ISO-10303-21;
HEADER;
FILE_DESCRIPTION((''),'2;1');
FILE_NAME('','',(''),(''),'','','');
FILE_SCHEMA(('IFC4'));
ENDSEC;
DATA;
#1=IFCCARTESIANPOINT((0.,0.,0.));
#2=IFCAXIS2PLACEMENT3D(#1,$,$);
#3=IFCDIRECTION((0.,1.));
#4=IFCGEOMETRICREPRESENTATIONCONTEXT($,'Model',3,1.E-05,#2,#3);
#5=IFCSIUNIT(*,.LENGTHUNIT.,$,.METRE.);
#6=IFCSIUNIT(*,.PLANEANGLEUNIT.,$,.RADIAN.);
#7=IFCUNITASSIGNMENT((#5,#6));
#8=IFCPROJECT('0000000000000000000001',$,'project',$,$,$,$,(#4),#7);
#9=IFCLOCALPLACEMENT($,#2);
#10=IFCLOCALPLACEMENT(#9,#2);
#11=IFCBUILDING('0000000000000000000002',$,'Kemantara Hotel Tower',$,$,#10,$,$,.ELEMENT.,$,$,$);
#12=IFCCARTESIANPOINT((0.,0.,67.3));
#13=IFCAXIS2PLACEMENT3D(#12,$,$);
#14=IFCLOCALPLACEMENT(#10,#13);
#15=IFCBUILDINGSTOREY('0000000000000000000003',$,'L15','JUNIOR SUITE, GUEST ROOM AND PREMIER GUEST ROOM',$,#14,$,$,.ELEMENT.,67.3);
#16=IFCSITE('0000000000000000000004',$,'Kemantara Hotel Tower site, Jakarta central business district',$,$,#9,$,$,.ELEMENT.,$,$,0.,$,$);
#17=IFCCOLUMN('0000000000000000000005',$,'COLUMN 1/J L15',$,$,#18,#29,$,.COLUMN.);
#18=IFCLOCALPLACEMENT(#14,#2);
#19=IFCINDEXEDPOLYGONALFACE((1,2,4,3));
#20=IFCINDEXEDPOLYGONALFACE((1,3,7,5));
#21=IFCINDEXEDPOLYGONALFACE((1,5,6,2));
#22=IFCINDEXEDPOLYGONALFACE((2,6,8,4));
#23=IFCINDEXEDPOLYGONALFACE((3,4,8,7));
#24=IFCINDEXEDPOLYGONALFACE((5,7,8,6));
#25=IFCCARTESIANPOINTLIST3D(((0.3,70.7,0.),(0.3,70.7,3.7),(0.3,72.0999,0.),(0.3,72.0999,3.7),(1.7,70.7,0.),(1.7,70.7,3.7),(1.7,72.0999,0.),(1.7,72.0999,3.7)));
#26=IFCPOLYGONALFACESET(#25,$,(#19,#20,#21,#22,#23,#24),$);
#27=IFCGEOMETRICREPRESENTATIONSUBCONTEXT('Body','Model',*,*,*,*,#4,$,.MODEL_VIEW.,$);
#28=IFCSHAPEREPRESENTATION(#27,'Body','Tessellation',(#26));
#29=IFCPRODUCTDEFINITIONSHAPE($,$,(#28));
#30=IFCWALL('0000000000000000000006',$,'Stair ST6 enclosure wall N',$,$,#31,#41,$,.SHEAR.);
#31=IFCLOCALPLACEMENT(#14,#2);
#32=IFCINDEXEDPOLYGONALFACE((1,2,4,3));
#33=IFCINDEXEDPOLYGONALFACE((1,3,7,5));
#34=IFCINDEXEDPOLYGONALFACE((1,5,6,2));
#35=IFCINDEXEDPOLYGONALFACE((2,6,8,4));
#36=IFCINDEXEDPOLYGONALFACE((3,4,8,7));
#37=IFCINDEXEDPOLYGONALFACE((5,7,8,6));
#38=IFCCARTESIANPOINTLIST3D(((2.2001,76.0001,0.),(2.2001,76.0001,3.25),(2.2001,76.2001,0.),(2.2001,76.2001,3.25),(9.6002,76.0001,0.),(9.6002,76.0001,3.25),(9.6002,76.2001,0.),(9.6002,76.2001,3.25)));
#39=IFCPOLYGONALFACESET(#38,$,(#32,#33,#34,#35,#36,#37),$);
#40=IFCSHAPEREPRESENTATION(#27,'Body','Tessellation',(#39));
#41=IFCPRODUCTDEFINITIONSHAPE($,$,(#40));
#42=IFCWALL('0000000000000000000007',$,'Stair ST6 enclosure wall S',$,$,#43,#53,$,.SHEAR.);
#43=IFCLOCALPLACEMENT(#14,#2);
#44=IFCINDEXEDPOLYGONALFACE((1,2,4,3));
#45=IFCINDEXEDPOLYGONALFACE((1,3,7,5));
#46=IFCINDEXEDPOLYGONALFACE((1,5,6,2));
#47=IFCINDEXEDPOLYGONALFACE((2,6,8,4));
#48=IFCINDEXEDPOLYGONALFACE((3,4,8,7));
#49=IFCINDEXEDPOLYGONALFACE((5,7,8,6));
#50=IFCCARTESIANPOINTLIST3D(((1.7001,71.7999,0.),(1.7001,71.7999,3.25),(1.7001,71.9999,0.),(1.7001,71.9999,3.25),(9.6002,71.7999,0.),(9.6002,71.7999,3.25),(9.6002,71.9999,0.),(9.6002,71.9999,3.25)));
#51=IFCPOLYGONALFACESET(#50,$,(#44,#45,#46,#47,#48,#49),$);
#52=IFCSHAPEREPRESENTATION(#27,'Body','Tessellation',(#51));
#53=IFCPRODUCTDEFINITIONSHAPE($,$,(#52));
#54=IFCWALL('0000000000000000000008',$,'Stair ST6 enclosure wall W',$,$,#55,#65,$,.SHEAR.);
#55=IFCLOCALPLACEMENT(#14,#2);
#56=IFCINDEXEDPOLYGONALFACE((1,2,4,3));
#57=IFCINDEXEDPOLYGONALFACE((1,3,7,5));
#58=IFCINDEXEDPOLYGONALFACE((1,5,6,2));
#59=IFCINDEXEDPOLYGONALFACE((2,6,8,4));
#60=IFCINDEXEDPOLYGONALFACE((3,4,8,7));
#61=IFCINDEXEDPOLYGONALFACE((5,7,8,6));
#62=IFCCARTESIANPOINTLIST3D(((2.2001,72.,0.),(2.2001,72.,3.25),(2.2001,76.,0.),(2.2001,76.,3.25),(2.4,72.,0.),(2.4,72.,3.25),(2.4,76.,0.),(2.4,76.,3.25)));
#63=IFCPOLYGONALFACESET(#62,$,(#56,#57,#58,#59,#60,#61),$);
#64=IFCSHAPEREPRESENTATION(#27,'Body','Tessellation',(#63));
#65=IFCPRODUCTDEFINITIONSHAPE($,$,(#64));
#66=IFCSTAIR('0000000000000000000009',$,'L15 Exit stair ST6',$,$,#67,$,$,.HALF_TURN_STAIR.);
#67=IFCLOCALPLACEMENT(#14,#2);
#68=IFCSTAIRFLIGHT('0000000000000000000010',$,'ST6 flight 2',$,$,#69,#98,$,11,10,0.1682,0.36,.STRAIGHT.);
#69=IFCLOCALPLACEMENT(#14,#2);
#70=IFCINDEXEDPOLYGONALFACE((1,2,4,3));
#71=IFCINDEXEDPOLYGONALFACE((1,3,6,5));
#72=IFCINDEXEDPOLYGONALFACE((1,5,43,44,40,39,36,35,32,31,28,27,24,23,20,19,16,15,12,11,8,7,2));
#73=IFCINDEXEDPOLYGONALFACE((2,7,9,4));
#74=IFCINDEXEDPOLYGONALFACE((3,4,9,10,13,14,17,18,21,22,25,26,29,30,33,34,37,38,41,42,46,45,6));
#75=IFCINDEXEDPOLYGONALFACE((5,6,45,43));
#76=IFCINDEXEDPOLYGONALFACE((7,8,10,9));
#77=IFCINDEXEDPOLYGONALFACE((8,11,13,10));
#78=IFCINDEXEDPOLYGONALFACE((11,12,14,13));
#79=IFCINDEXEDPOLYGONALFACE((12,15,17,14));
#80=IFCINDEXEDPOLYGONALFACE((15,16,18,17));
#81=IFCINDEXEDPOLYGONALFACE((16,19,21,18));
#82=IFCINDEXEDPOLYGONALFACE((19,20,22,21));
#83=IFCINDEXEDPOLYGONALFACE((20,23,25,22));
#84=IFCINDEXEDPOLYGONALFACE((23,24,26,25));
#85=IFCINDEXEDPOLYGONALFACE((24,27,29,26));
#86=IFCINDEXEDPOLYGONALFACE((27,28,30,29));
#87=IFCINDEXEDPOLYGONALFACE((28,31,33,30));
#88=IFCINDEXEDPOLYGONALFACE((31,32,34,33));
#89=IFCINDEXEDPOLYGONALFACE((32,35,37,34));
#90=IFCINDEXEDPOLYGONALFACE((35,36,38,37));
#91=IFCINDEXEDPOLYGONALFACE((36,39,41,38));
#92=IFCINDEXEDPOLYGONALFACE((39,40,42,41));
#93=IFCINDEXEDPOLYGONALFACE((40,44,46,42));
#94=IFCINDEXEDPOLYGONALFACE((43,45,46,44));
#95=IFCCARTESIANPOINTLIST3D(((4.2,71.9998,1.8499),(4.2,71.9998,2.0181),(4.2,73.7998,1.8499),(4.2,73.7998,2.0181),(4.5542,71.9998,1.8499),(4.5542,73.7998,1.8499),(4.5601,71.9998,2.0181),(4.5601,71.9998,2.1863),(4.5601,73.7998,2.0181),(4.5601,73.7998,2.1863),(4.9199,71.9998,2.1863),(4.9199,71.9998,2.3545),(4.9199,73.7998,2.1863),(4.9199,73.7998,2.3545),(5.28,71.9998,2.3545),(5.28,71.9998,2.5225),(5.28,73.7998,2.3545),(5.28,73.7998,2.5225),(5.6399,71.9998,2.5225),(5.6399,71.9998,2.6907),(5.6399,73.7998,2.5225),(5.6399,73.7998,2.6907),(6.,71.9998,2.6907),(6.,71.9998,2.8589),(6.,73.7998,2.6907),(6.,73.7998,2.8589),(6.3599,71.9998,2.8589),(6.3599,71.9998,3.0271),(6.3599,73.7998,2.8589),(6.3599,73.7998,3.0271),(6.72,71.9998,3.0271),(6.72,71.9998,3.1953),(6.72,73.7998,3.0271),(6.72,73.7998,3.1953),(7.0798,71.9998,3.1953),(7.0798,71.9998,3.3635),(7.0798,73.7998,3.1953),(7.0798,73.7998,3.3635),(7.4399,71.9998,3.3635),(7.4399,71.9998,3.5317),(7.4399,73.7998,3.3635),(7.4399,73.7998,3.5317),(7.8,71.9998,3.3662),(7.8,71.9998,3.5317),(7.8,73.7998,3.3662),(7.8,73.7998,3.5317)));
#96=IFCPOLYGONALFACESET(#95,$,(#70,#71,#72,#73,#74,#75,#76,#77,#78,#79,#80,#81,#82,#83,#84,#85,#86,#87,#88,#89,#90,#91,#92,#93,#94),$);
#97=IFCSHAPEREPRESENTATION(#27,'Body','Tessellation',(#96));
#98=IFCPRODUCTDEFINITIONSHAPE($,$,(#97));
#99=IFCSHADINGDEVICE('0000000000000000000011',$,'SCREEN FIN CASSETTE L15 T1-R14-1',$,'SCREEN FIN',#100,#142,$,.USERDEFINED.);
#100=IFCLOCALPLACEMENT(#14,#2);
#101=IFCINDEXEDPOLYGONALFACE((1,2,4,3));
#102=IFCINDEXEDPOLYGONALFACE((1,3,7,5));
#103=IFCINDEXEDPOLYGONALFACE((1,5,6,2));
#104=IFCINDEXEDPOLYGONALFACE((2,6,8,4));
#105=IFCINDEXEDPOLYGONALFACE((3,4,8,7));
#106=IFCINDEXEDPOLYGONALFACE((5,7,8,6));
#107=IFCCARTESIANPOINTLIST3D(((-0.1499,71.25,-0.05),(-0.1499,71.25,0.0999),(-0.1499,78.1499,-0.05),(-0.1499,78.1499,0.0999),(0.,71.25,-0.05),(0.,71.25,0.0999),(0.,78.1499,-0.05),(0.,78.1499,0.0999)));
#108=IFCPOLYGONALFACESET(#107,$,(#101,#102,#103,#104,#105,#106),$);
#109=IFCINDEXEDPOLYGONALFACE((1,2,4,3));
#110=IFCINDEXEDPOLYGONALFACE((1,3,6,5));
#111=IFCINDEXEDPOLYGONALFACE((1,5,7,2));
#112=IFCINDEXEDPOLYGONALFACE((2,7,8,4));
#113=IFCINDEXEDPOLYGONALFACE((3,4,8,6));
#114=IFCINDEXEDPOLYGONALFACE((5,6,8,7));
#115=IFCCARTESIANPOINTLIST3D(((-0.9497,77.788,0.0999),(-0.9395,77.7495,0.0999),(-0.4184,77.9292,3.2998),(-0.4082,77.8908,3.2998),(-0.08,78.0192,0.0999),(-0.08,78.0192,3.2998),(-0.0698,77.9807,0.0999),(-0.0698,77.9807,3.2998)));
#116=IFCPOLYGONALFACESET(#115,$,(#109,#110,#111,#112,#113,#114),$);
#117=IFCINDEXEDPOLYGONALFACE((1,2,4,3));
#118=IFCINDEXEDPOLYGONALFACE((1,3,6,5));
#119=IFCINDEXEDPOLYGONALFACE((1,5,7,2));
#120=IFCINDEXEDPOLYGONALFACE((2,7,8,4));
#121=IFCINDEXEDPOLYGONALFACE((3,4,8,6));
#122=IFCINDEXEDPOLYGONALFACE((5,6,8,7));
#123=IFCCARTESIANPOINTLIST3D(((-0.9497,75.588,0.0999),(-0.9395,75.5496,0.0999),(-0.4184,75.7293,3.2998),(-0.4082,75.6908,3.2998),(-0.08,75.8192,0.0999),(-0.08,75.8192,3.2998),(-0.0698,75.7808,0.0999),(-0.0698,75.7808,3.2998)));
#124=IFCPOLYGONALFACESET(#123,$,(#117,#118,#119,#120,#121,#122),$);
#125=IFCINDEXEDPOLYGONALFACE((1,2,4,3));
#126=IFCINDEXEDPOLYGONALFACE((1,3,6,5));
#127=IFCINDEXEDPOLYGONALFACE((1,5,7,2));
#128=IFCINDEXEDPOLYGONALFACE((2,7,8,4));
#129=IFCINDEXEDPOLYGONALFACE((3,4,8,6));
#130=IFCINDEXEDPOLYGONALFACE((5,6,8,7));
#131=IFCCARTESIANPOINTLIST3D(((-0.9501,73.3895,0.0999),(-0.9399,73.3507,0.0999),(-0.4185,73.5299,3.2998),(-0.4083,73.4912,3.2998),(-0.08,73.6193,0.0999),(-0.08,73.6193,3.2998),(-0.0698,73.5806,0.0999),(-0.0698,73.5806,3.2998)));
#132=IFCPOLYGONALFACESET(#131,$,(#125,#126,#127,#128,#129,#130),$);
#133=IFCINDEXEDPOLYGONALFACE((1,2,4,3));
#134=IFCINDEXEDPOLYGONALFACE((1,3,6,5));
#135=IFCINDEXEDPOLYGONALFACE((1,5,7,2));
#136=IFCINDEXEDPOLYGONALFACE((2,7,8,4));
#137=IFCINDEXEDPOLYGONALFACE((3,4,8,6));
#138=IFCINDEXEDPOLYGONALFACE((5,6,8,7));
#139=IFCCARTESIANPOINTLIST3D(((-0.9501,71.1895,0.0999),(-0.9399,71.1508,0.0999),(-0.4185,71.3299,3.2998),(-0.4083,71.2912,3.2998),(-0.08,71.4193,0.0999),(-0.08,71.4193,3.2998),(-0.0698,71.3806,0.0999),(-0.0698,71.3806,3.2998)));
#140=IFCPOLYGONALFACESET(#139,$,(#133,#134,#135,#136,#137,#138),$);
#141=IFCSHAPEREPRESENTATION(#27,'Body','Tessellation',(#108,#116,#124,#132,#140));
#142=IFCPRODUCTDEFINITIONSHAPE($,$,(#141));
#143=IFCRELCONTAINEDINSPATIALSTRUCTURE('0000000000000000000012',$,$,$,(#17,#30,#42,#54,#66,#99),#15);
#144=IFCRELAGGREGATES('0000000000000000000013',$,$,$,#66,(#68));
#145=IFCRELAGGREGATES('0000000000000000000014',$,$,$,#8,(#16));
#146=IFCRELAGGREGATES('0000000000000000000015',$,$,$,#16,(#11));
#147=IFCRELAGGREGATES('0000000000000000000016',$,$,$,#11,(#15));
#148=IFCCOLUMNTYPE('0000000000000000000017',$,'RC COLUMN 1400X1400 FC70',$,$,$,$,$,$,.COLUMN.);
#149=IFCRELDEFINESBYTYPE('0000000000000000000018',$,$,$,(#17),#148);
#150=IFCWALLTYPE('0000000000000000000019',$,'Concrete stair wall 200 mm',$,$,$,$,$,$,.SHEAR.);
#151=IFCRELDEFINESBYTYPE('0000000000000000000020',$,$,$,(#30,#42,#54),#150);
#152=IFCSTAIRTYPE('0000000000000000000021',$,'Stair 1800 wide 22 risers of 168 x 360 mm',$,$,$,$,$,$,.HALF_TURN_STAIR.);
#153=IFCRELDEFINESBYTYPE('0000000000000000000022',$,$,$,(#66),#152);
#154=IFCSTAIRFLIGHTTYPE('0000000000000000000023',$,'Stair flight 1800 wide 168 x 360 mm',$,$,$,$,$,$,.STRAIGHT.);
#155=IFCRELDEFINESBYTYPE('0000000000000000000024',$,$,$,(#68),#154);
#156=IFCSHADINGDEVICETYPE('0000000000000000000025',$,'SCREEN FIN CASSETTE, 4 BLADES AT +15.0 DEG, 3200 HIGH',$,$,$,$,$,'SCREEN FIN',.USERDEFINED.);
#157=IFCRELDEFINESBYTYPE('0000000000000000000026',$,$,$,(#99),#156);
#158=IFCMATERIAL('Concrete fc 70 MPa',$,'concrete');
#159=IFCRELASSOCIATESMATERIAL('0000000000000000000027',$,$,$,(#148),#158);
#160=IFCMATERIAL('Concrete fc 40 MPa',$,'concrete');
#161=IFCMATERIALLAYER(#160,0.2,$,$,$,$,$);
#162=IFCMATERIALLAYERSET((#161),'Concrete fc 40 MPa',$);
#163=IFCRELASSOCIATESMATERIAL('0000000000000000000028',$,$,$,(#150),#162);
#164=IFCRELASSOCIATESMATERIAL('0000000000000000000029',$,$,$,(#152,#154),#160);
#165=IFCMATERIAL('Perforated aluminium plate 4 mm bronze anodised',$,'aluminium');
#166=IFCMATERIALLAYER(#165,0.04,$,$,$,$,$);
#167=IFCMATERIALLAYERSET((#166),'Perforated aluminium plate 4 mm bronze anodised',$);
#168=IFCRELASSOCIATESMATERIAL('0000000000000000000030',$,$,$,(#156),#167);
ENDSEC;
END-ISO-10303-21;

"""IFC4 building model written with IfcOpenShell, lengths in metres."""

from ifc_helpers import new_model, si_unit, direction, frame, frame_2d, origin, origin_2d, place, context, subcontext, project, spatial, polyline, rectangle, outline, extrude, source, transform, mapped, material, layer, layer_set, material_profile, profile_set, type_object, element, aggregate, save


model = new_model("IFC4")

# Units and contexts
model_context = context("Model", 3, precision=1e-05, world=origin(), true_north=direction((0.0, 1.0)))
body_context = subcontext(model_context, "Body", "Model", "MODEL_VIEW")
ifc_project = project(units=[si_unit("LENGTHUNIT", "METRE"), si_unit("PLANEANGLEUNIT", "RADIAN")], contexts=[model_context])

# Site, building, storey
site_placement = place(None, origin())
site = spatial("IfcSite", under=ifc_project, at=site_placement, Name="Kemantara Hotel Tower site, Jakarta central business district", CompositionType="ELEMENT", RefElevation=0.0)
building_placement = place(site_placement, origin())
building = spatial("IfcBuilding", under=site, at=building_placement, Name="Kemantara Hotel Tower", CompositionType="ELEMENT")
storey_placement = place(building_placement, frame((0.0, 0.0, 67.3)))
storey = spatial("IfcBuildingStorey", under=building, at=storey_placement, Name="L15", Description="JUNIOR SUITE, GUEST ROOM AND PREMIER GUEST ROOM", CompositionType="ELEMENT", Elevation=67.3)

# Column
ifc_material_1 = material(Name="Concrete fc 70 MPa", Category="concrete")
ifc_material_profile = material_profile(ifc_material_1, rectangle(XDim=1.3999, YDim=1.3999, at=origin_2d()), Name="RC 1400X1400")
ifc_profile_set = profile_set([ifc_material_profile], Name="Concrete fc 70 MPa")
column_type = type_object("IfcColumnType", Name="RC COLUMN 1400X1400 FC70", PredefinedType="COLUMN", material=ifc_profile_set)
column_placement = place(storey_placement, frame((1.0, 71.3999, 0.0), z_axis=(0.0, 0.0, 1.0), x_axis=(1.0, 0.0, 0.0)))
element("IfcColumn", 1, at=column_placement, inside=storey, type_object=column_type, Name="COLUMN 1/J L15", PredefinedType="COLUMN", context=body_context, shape_type="SweptSolid", body=[
    extrude(rectangle(XDim=1.3999, YDim=1.3999, at=origin_2d()), origin(), (0.0, 0.0, 1.0), 3.7),
])

# Walls
ifc_material_2 = material(Name="Concrete fc 40 MPa", Category="concrete")
ifc_layer_1 = layer(ifc_material_2, 0.2)
ifc_layer_set_1 = layer_set([ifc_layer_1], Name="Concrete fc 40 MPa")
wall_type = type_object("IfcWallType", Name="Concrete stair wall 200 mm", PredefinedType="SHEAR", material=ifc_layer_set_1)
wall_1_placement = place(storey_placement, frame((2.2, 76.1001, 0.0), z_axis=(0.0, 0.0, 1.0), x_axis=(1.0, 0.0, 0.0)))
element("IfcWall", 2, at=wall_1_placement, inside=storey, type_object=wall_type, Name="Stair ST6 enclosure wall N", PredefinedType="SHEAR", context=body_context, shape_type="SweptSolid", body=[
    extrude(rectangle(XDim=7.4001, YDim=0.2, at=frame_2d((3.7002, 0.0))), origin(), (0.0, 0.0, 1.0), 3.25),
])
wall_2_placement = place(storey_placement, frame((1.7, 71.8999, 0.0), z_axis=(0.0, 0.0, 1.0), x_axis=(1.0, 0.0, 0.0)))
element("IfcWall", 3, at=wall_2_placement, inside=storey, type_object=wall_type, Name="Stair ST6 enclosure wall S", PredefinedType="SHEAR", context=body_context, shape_type="SweptSolid", body=[
    extrude(rectangle(XDim=7.9001, YDim=0.2, at=frame_2d((3.9502, 0.0))), origin(), (0.0, 0.0, 1.0), 3.25),
])
wall_3_placement = place(storey_placement, frame((2.3, 72.0, 0.0), z_axis=(0.0, 0.0, 1.0), x_axis=(0.0, 1.0, 0.0)))
element("IfcWall", 4, at=wall_3_placement, inside=storey, type_object=wall_type, Name="Stair ST6 enclosure wall W", PredefinedType="SHEAR", context=body_context, shape_type="SweptSolid", body=[
    extrude(rectangle(XDim=4.0, YDim=0.2, at=frame_2d((2.0, 0.0))), origin(), (0.0, 0.0, 1.0), 3.25),
])

# Stair, stair flight
stair_type = type_object("IfcStairType", Name="Stair 1800 wide 22 risers of 168 x 360 mm", PredefinedType="HALF_TURN_STAIR", material=ifc_material_2)
stair_placement = place(storey_placement, origin())
stair = element("IfcStair", 5, at=stair_placement, inside=storey, type_object=stair_type, Name="L15 Exit stair ST6", PredefinedType="HALF_TURN_STAIR")
stair_flight_type = type_object("IfcStairFlightType", Name="Stair flight 1800 wide 168 x 360 mm", PredefinedType="STRAIGHT", material=ifc_material_2)
stair_flight_placement = place(storey_placement, frame((4.2, 72.8999, 1.8499), z_axis=(0.0, 0.0, 1.0), x_axis=(1.0, 0.0, 0.0)))
stair_flight = element("IfcStairFlight", 6, at=stair_flight_placement, type_object=stair_flight_type, Name="ST6 flight 2", NumberOfRisers=11, NumberOfTreads=10, PredefinedType="STRAIGHT", RiserHeight=0.1682, TreadLength=0.36, context=body_context, shape_type="SweptSolid", body=[
    extrude(outline(polyline([(0.0, 0.0), (0.0, 0.1682), (0.3601, 0.1682), (0.3601, 0.3364), (0.72, 0.3364), (0.72, 0.5046), (1.0801, 0.5046), (1.0801, 0.6726), (1.4399, 0.6726), (1.4399, 0.8408), (1.8, 0.8408), (1.8, 1.009), (2.1599, 1.009), (2.1599, 1.1772), (2.52, 1.1772), (2.52, 1.3455), (2.8799, 1.3455), (2.8799, 1.5137), (3.24, 1.5137), (3.24, 1.6819), (3.6001, 1.6819), (3.6001, 1.8501), (3.6001, 1.5164), (0.3542, 0.0), (0.0, 0.0)])), frame((0.0, 0.8999, 0.0), z_axis=(0.0, -1.0, 0.0), x_axis=(1.0, 0.0, 0.0)), (0.0, 0.0, 1.0), 1.8),
])
aggregate(stair, [stair_flight])

# Shading device
ifc_material_3 = material(Name="Perforated aluminium plate 4 mm bronze anodised", Category="aluminium")
ifc_layer_2 = layer(ifc_material_3, 0.04)
ifc_layer_set_2 = layer_set([ifc_layer_2], Name="Perforated aluminium plate 4 mm bronze anodised")
shading_device_type = type_object("IfcShadingDeviceType", Name="SCREEN FIN CASSETTE, 4 BLADES AT +15.0 DEG, 3200 HIGH", ElementType="SCREEN FIN", PredefinedType="USERDEFINED", material=ifc_layer_set_2)
shared_shape = source(origin(), body_context, "Body", "SweptSolid", [
    extrude(rectangle(XDim=6.8999, YDim=0.1499, at=origin_2d()), frame((3.3, -0.075, -0.1499), z_axis=(0.0, 0.0, 1.0), x_axis=(1.0, 0.0, 0.0)), (0.0, 0.0, 1.0), 0.1499),
    extrude(outline(polyline([(0.0, 0.0), (0.8999, 0.0), (0.3501, 3.2), (0.0, 3.2), (0.0, 0.0)])), frame((0.0193, -0.0698, 0.0), z_axis=(-0.966438, -0.256901, 0.0), x_axis=(0.256901, -0.966438, 0.0)), (0.0, 0.0, 1.0), 0.0398),
    extrude(outline(polyline([(0.0, 0.0), (0.8999, 0.0), (0.3501, 3.2), (0.0, 3.2), (0.0, 0.0)])), frame((2.2192, -0.0698, 0.0), z_axis=(-0.966438, -0.256901, 0.0), x_axis=(0.256901, -0.966438, 0.0)), (0.0, 0.0, 1.0), 0.0398),
    extrude(outline(polyline([(0.0, 0.0), (0.8999, 0.0), (0.3501, 3.2), (0.0, 3.2), (0.0, 0.0)])), frame((4.4194, -0.0698, 0.0), z_axis=(-0.966838, -0.255391, 0.0), x_axis=(0.255391, -0.966838, 0.0)), (0.0, 0.0, 1.0), 0.04),
    extrude(outline(polyline([(0.0, 0.0), (0.8999, 0.0), (0.3501, 3.2), (0.0, 3.2), (0.0, 0.0)])), frame((6.6194, -0.0698, 0.0), z_axis=(-0.966838, -0.255391, 0.0), x_axis=(0.255391, -0.966838, 0.0)), (0.0, 0.0, 1.0), 0.04),
])
shading_device_placement = place(storey_placement, frame((0.0, 78.0, 0.0999), z_axis=(0.0, 0.0, 1.0), x_axis=(0.0, -1.0, 0.0)))
element("IfcShadingDevice", 7, at=shading_device_placement, inside=storey, type_object=shading_device_type, Name="SCREEN FIN CASSETTE L15 T1-R14-1", ObjectType="SCREEN FIN", PredefinedType="USERDEFINED", context=body_context, shape_type="MappedRepresentation", body=[
    mapped(shared_shape, transform((0.0, 0.0, 0.0))),
])

save(model, "model.ifc")
